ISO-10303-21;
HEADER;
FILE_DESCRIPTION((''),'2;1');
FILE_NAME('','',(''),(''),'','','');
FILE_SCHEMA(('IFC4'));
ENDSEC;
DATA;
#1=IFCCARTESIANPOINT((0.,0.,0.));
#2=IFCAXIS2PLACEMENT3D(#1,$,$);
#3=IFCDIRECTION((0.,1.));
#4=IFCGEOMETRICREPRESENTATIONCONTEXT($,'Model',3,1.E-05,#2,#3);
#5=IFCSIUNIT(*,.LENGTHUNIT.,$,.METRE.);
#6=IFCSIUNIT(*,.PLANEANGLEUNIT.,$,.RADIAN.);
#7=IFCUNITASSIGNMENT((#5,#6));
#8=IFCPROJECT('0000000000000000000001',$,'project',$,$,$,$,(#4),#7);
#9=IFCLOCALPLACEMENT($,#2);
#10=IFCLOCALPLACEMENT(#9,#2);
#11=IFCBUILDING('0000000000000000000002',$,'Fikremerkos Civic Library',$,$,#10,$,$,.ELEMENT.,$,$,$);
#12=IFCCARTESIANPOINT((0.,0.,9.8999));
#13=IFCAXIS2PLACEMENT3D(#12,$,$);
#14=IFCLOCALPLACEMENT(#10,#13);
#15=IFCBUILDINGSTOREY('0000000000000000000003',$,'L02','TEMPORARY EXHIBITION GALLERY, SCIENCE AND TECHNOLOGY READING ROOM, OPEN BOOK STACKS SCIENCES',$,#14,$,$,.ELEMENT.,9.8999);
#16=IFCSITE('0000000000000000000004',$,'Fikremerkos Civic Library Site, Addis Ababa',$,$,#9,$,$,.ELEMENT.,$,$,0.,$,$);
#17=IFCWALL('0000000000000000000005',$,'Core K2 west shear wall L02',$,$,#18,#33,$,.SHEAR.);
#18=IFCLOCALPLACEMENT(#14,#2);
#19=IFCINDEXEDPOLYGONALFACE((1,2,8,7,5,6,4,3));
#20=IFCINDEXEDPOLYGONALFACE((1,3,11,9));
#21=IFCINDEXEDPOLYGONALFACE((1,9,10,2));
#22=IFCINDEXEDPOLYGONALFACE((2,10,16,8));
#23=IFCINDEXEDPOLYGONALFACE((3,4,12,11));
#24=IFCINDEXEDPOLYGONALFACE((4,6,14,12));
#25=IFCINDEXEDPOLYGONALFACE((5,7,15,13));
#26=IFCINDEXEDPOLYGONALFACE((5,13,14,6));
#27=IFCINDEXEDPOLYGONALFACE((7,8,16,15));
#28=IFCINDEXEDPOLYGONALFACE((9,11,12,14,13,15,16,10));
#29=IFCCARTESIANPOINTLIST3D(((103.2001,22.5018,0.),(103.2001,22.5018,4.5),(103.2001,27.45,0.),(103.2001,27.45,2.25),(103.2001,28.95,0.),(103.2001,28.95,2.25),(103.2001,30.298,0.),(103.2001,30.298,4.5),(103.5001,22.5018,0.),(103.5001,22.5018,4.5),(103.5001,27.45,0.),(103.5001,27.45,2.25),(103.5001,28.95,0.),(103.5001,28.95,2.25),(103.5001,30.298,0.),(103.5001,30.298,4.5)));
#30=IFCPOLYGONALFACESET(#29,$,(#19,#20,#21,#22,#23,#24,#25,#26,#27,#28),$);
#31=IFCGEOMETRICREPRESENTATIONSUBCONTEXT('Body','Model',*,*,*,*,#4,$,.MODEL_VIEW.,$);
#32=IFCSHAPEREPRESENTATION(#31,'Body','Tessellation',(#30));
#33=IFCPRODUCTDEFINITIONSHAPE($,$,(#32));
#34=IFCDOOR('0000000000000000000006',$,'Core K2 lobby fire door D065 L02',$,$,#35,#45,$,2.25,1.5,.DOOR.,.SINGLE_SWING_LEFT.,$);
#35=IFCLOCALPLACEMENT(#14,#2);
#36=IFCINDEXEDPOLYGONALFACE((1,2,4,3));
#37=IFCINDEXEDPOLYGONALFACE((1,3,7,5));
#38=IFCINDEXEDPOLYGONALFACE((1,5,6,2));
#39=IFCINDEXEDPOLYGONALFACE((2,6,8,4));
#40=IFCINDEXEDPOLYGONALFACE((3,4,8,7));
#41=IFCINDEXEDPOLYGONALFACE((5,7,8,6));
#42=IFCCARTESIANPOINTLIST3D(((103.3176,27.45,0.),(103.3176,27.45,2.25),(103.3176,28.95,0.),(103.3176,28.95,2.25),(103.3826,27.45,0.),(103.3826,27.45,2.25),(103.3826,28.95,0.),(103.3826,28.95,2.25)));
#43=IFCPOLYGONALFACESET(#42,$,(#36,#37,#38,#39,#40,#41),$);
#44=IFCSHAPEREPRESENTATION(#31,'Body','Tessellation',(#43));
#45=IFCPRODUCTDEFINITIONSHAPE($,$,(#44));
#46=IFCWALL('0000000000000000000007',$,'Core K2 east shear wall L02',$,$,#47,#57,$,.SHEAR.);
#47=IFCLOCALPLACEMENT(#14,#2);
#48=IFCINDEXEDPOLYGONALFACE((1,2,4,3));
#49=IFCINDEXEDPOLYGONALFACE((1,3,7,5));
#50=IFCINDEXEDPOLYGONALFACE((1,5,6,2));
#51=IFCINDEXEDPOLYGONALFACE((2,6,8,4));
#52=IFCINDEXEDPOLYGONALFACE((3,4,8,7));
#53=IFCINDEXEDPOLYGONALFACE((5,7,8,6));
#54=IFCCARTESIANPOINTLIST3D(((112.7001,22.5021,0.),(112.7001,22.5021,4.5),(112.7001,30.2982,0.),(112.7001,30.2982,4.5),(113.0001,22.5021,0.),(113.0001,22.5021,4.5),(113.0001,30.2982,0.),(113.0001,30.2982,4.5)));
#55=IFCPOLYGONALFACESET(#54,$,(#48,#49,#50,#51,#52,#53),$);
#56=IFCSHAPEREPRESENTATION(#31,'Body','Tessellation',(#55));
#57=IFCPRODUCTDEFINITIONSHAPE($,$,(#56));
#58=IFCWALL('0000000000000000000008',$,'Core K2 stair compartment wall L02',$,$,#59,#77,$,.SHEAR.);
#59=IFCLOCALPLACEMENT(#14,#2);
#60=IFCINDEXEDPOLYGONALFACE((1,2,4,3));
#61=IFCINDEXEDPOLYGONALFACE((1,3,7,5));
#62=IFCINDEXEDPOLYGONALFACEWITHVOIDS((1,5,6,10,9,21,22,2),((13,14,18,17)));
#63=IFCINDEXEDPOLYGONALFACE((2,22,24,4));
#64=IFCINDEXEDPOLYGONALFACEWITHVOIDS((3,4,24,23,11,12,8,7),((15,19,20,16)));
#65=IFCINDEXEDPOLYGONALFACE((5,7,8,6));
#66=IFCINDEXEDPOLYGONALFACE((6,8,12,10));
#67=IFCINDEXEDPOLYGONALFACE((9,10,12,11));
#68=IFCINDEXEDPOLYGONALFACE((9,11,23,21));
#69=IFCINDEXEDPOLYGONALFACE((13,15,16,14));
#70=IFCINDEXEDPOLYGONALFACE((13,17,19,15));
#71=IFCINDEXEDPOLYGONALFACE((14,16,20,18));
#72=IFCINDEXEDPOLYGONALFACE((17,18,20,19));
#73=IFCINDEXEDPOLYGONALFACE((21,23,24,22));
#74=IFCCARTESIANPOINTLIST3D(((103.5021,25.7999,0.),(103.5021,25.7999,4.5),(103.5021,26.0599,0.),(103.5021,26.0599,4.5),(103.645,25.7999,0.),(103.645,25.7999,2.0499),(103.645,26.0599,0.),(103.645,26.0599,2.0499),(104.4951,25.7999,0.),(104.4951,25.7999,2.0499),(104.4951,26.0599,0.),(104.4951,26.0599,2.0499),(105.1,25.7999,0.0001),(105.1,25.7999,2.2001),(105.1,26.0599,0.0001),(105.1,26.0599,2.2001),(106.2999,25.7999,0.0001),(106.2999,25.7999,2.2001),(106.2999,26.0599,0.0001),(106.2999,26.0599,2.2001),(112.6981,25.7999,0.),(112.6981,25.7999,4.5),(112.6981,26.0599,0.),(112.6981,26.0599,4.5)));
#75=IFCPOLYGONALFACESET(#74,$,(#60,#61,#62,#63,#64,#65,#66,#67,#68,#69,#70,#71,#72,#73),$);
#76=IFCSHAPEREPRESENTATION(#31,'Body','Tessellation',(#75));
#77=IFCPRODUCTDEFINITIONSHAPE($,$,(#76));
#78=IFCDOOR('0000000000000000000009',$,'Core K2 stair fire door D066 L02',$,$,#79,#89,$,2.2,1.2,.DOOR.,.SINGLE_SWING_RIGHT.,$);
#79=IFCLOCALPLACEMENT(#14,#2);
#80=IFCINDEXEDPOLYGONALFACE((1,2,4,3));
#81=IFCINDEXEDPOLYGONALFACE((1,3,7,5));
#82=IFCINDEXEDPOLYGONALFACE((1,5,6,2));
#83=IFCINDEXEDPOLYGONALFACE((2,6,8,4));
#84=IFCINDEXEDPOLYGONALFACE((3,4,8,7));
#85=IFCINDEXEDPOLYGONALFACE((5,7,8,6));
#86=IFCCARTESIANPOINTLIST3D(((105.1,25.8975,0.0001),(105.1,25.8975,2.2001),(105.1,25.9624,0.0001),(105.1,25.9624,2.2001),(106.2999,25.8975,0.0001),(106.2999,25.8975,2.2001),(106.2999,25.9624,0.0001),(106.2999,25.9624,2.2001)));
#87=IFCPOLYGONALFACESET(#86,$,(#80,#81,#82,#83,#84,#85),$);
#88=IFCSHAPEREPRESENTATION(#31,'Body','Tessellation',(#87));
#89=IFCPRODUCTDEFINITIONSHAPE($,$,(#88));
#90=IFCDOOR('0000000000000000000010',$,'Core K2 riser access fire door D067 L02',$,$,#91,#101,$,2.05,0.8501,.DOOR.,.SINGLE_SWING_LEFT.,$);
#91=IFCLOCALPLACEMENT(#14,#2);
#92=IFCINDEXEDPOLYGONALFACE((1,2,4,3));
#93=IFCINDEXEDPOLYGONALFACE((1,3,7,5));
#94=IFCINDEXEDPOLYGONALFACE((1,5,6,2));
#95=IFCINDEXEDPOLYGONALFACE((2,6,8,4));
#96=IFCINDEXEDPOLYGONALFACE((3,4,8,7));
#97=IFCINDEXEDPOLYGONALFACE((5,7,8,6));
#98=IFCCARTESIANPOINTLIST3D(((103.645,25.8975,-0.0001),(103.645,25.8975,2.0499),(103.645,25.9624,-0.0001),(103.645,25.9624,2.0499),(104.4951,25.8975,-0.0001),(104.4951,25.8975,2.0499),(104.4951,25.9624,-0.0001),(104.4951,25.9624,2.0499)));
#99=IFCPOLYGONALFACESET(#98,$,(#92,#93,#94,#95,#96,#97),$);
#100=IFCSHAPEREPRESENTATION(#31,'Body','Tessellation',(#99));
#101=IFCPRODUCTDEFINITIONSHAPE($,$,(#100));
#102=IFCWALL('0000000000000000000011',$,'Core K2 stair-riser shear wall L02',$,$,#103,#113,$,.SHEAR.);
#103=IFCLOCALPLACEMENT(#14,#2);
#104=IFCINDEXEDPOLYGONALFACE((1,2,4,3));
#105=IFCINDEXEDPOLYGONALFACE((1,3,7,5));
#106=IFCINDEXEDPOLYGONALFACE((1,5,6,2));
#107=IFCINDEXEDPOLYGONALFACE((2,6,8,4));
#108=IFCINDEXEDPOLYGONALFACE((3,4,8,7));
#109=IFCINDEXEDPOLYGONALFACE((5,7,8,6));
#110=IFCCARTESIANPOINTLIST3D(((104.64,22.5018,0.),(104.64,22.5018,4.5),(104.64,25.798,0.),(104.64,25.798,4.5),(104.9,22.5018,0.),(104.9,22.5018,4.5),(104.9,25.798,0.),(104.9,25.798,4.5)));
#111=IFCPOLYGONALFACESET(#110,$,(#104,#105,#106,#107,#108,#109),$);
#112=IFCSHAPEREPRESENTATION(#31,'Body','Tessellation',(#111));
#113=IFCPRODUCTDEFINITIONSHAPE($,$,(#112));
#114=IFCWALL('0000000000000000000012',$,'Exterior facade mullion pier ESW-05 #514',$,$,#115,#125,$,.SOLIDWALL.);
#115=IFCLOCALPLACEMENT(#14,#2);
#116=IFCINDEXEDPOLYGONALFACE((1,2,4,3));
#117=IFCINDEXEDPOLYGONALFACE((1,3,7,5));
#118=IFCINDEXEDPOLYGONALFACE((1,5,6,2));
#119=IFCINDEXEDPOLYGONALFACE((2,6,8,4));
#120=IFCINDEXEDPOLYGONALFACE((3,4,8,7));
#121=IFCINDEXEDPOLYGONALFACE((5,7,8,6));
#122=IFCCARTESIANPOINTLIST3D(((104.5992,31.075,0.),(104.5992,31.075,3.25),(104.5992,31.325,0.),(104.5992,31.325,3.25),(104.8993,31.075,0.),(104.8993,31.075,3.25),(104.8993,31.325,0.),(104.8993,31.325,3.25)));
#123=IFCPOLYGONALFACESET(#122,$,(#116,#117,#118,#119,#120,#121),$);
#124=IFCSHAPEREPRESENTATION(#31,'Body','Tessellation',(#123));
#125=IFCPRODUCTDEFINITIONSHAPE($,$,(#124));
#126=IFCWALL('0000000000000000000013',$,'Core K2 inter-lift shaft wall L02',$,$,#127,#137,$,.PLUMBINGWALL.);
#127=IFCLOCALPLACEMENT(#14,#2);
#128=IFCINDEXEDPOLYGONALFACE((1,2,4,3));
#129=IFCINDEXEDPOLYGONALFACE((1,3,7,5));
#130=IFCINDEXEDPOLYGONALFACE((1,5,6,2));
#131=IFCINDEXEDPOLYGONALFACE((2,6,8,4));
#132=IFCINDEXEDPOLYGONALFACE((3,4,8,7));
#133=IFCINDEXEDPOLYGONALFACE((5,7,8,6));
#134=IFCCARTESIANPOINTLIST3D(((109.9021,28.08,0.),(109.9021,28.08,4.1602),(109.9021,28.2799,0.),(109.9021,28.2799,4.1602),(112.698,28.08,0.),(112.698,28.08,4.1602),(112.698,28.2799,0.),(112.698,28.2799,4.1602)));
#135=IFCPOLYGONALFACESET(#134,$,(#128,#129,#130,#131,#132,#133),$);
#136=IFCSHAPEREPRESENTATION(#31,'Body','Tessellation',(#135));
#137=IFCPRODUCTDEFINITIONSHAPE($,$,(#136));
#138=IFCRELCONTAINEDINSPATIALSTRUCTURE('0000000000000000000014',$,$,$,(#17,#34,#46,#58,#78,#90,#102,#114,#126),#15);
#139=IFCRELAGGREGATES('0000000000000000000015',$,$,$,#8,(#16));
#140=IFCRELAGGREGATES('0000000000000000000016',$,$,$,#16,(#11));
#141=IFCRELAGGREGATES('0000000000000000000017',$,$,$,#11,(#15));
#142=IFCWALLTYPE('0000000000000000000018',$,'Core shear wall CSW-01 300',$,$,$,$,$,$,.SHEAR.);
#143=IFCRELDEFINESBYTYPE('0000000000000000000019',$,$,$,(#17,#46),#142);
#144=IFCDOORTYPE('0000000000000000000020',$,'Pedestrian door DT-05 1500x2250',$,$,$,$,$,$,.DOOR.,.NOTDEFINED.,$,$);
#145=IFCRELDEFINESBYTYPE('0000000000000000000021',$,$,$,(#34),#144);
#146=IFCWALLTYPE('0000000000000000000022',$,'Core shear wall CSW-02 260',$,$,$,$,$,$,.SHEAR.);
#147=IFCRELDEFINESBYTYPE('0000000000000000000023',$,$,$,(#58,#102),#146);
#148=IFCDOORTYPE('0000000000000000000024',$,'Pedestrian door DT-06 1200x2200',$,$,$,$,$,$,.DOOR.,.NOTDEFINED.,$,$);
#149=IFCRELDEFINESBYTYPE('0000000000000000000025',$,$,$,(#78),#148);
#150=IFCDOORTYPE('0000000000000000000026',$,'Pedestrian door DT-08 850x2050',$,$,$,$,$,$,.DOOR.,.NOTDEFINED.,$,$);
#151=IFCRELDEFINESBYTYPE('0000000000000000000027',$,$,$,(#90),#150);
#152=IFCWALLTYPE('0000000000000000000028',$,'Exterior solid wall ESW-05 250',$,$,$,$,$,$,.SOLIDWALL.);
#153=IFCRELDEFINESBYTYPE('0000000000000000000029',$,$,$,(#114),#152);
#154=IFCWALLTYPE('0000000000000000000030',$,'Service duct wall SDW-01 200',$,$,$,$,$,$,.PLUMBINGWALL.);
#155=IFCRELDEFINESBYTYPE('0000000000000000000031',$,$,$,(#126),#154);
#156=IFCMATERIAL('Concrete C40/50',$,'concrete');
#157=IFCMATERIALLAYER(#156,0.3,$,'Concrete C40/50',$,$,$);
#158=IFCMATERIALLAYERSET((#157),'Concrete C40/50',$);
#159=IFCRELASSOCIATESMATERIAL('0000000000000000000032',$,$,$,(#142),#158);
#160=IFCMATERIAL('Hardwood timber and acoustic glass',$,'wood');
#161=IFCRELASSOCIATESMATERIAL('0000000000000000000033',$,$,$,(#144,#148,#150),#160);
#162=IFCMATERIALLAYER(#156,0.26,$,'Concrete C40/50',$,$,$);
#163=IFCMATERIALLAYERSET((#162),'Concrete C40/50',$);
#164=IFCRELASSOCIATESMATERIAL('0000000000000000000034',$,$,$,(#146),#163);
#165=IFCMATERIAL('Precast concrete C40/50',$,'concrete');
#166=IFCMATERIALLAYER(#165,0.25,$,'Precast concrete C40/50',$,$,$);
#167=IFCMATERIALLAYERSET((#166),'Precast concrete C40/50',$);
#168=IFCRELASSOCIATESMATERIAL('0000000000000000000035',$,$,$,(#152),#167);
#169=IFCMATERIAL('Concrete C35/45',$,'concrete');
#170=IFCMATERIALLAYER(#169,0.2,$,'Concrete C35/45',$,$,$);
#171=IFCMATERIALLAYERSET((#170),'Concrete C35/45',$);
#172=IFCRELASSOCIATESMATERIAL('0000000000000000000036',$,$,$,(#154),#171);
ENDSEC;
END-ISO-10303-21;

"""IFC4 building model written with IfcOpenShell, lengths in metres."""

from ifc_helpers import new_model, si_unit, direction, frame, frame_2d, origin, place, context, subcontext, project, spatial, rectangle, extrude, material, layer, layer_set, type_object, element, fill, save


model = new_model("IFC4")

# Units and contexts
model_context = context("Model", 3, precision=1e-05, world=origin(), true_north=direction((0.0, 1.0)))
body_context = subcontext(model_context, "Body", "Model", "MODEL_VIEW")
ifc_project = project(units=[si_unit("LENGTHUNIT", "METRE"), si_unit("PLANEANGLEUNIT", "RADIAN")], contexts=[model_context])

# Site, building, storey
site_placement = place(None, origin())
site = spatial("IfcSite", under=ifc_project, at=site_placement, Name="Fikremerkos Civic Library Site, Addis Ababa", CompositionType="ELEMENT", RefElevation=0.0)
building_placement = place(site_placement, origin())
building = spatial("IfcBuilding", under=site, at=building_placement, Name="Fikremerkos Civic Library", CompositionType="ELEMENT")
storey_placement = place(building_placement, frame((0.0, 0.0, 9.8999)))
storey = spatial("IfcBuildingStorey", under=building, at=storey_placement, Name="L02", Description="TEMPORARY EXHIBITION GALLERY, SCIENCE AND TECHNOLOGY READING ROOM, OPEN BOOK STACKS SCIENCES", CompositionType="ELEMENT", Elevation=9.8999)

# Shared definitions
ifc_material_1 = material(Name="Concrete C40/50", Category="concrete")
ifc_layer_1 = layer(ifc_material_1, 0.3, Name="Concrete C40/50")
ifc_layer_set_1 = layer_set([ifc_layer_1], Name="Concrete C40/50")
wall_type_1 = type_object("IfcWallType", Name="Core shear wall CSW-01 300", PredefinedType="SHEAR", material=ifc_layer_set_1)

# Wall, opening, door
wall_1_placement = place(storey_placement, frame((103.3501, 22.502, 0.0), z_axis=(0.0, 0.0, 1.0), x_axis=(0.0, 1.0, 0.0)))
wall_1 = element("IfcWall", 1, at=wall_1_placement, inside=storey, type_object=wall_type_1, Name="Core K2 west shear wall L02", PredefinedType="SHEAR", context=body_context, shape_type="SweptSolid", body=[
    extrude(rectangle(XDim=7.7961, YDim=0.3, at=frame_2d((3.8979, 0.0))), origin(), (0.0, 0.0, 1.0), 4.5),
])
opening_1_placement = place(wall_1_placement, frame((4.948, 0.0, 0.0)))
opening_1 = element("IfcOpeningElement", 2, at=opening_1_placement, cuts=wall_1, PredefinedType="OPENING", context=body_context, shape_type="SweptSolid", body=[
    extrude(rectangle(XDim=1.5, YDim=2.25, at=frame_2d((0.75, 1.125))), frame((0.0, 0.1599, 0.0), z_axis=(0.0, -1.0, 0.0), x_axis=(1.0, 0.0, 0.0)), (0.0, 0.0, 1.0), 0.3201),
])
ifc_material_2 = material(Name="Hardwood timber and acoustic glass", Category="wood")
door_type_1 = type_object("IfcDoorType", Name="Pedestrian door DT-05 1500x2250", OperationType="NOTDEFINED", PredefinedType="DOOR", material=ifc_material_2)
door_1_placement = place(opening_1_placement, origin())
door_1 = element("IfcDoor", 3, at=door_1_placement, inside=storey, type_object=door_type_1, Name="Core K2 lobby fire door D065 L02", OperationType="SINGLE_SWING_LEFT", OverallHeight=2.25, OverallWidth=1.5, PredefinedType="DOOR", context=body_context, shape_type="SweptSolid", body=[
    extrude(rectangle(XDim=1.5, YDim=2.25, at=frame_2d((0.75, 1.125))), frame((0.0, 0.0325, 0.0), z_axis=(0.0, -1.0, 0.0), x_axis=(1.0, 0.0, 0.0)), (0.0, 0.0, 1.0), 0.0649),
])
fill(opening_1, door_1)

# Wall
wall_2_placement = place(storey_placement, frame((112.8501, 30.2981, 0.0), z_axis=(0.0, 0.0, 1.0), x_axis=(0.0, -1.0, 0.0)))
element("IfcWall", 4, at=wall_2_placement, inside=storey, type_object=wall_type_1, Name="Core K2 east shear wall L02", PredefinedType="SHEAR", context=body_context, shape_type="SweptSolid", body=[
    extrude(rectangle(XDim=7.7961, YDim=0.3, at=frame_2d((3.8979, 0.0))), origin(), (0.0, 0.0, 1.0), 4.5),
])

# Wall, openings, doors
ifc_layer_2 = layer(ifc_material_1, 0.26, Name="Concrete C40/50")
ifc_layer_set_2 = layer_set([ifc_layer_2], Name="Concrete C40/50")
wall_type_2 = type_object("IfcWallType", Name="Core shear wall CSW-02 260", PredefinedType="SHEAR", material=ifc_layer_set_2)
wall_3_placement = place(storey_placement, frame((103.502, 25.9299, 0.0), z_axis=(0.0, 0.0, 1.0), x_axis=(1.0, 0.0, 0.0)))
wall_3 = element("IfcWall", 5, at=wall_3_placement, inside=storey, type_object=wall_type_2, Name="Core K2 stair compartment wall L02", PredefinedType="SHEAR", context=body_context, shape_type="SweptSolid", body=[
    extrude(rectangle(XDim=9.196, YDim=0.26, at=frame_2d((4.5981, 0.0))), origin(), (0.0, 0.0, 1.0), 4.5),
])
opening_2_placement = place(wall_3_placement, frame((1.5979, 0.0, 0.0)))
opening_2 = element("IfcOpeningElement", 6, at=opening_2_placement, cuts=wall_3, PredefinedType="OPENING", context=body_context, shape_type="SweptSolid", body=[
    extrude(rectangle(XDim=1.2, YDim=2.2, at=frame_2d((0.6001, 1.1001))), frame((0.0, 0.1399, 0.0), z_axis=(0.0, -1.0, 0.0), x_axis=(1.0, 0.0, 0.0)), (0.0, 0.0, 1.0), 0.28),
])
opening_3_placement = place(wall_3_placement, frame((0.1431, 0.0, 0.0)))
opening_3 = element("IfcOpeningElement", 7, at=opening_3_placement, cuts=wall_3, PredefinedType="OPENING", context=body_context, shape_type="SweptSolid", body=[
    extrude(rectangle(XDim=0.8501, YDim=2.05, at=frame_2d((0.425, 1.0249))), frame((0.0, 0.1399, 0.0), z_axis=(0.0, -1.0, 0.0), x_axis=(1.0, 0.0, 0.0)), (0.0, 0.0, 1.0), 0.28),
])
door_type_2 = type_object("IfcDoorType", Name="Pedestrian door DT-06 1200x2200", OperationType="NOTDEFINED", PredefinedType="DOOR", material=ifc_material_2)
door_2_placement = place(opening_2_placement, origin())
door_2 = element("IfcDoor", 8, at=door_2_placement, inside=storey, type_object=door_type_2, Name="Core K2 stair fire door D066 L02", OperationType="SINGLE_SWING_RIGHT", OverallHeight=2.2, OverallWidth=1.2, PredefinedType="DOOR", context=body_context, shape_type="SweptSolid", body=[
    extrude(rectangle(XDim=1.2, YDim=2.2, at=frame_2d((0.6001, 1.1001))), frame((0.0, 0.0325, 0.0), z_axis=(0.0, -1.0, 0.0), x_axis=(1.0, 0.0, 0.0)), (0.0, 0.0, 1.0), 0.0649),
])
fill(opening_2, door_2)
door_type_3 = type_object("IfcDoorType", Name="Pedestrian door DT-08 850x2050", OperationType="NOTDEFINED", PredefinedType="DOOR", material=ifc_material_2)
door_3_placement = place(opening_3_placement, origin())
door_3 = element("IfcDoor", 9, at=door_3_placement, inside=storey, type_object=door_type_3, Name="Core K2 riser access fire door D067 L02", OperationType="SINGLE_SWING_LEFT", OverallHeight=2.05, OverallWidth=0.8501, PredefinedType="DOOR", context=body_context, shape_type="SweptSolid", body=[
    extrude(rectangle(XDim=0.8501, YDim=2.05, at=frame_2d((0.425, 1.0249))), frame((0.0, 0.0325, 0.0), z_axis=(0.0, -1.0, 0.0), x_axis=(1.0, 0.0, 0.0)), (0.0, 0.0, 1.0), 0.0649),
])
fill(opening_3, door_3)

# Wall
wall_4_placement = place(storey_placement, frame((104.77, 22.502, 0.0), z_axis=(0.0, 0.0, 1.0), x_axis=(0.0, 1.0, 0.0)))
element("IfcWall", 10, at=wall_4_placement, inside=storey, type_object=wall_type_2, Name="Core K2 stair-riser shear wall L02", PredefinedType="SHEAR", context=body_context, shape_type="SweptSolid", body=[
    extrude(rectangle(XDim=3.2961, YDim=0.26, at=frame_2d((1.6479, 0.0))), origin(), (0.0, 0.0, 1.0), 4.5),
])

# Walls
ifc_material_3 = material(Name="Precast concrete C40/50", Category="concrete")
ifc_layer_3 = layer(ifc_material_3, 0.25, Name="Precast concrete C40/50")
ifc_layer_set_3 = layer_set([ifc_layer_3], Name="Precast concrete C40/50")
wall_type_3 = type_object("IfcWallType", Name="Exterior solid wall ESW-05 250", PredefinedType="SOLIDWALL", material=ifc_layer_set_3)
wall_5_placement = place(storey_placement, frame((104.5994, 31.2, 0.0), z_axis=(0.0, 0.0, 1.0), x_axis=(1.0, 0.0, 0.0)))
element("IfcWall", 11, at=wall_5_placement, inside=storey, type_object=wall_type_3, Name="Exterior facade mullion pier ESW-05 #514", PredefinedType="SOLIDWALL", context=body_context, shape_type="SweptSolid", body=[
    extrude(rectangle(XDim=0.3, YDim=0.25, at=frame_2d((0.1499, 0.0))), origin(), (0.0, 0.0, 1.0), 3.25),
])
ifc_material_4 = material(Name="Concrete C35/45", Category="concrete")
ifc_layer_4 = layer(ifc_material_4, 0.2, Name="Concrete C35/45")
ifc_layer_set_4 = layer_set([ifc_layer_4], Name="Concrete C35/45")
wall_type_4 = type_object("IfcWallType", Name="Service duct wall SDW-01 200", PredefinedType="PLUMBINGWALL", material=ifc_layer_set_4)
wall_6_placement = place(storey_placement, frame((109.9021, 28.1799, 0.0), z_axis=(0.0, 0.0, 1.0), x_axis=(1.0, 0.0, 0.0)))
element("IfcWall", 12, at=wall_6_placement, inside=storey, type_object=wall_type_4, Name="Core K2 inter-lift shaft wall L02", PredefinedType="PLUMBINGWALL", context=body_context, shape_type="SweptSolid", body=[
    extrude(rectangle(XDim=2.7959, YDim=0.2, at=frame_2d((1.3979, 0.0))), origin(), (0.0, 0.0, 1.0), 4.1602),
])

save(model, "model.ifc")
